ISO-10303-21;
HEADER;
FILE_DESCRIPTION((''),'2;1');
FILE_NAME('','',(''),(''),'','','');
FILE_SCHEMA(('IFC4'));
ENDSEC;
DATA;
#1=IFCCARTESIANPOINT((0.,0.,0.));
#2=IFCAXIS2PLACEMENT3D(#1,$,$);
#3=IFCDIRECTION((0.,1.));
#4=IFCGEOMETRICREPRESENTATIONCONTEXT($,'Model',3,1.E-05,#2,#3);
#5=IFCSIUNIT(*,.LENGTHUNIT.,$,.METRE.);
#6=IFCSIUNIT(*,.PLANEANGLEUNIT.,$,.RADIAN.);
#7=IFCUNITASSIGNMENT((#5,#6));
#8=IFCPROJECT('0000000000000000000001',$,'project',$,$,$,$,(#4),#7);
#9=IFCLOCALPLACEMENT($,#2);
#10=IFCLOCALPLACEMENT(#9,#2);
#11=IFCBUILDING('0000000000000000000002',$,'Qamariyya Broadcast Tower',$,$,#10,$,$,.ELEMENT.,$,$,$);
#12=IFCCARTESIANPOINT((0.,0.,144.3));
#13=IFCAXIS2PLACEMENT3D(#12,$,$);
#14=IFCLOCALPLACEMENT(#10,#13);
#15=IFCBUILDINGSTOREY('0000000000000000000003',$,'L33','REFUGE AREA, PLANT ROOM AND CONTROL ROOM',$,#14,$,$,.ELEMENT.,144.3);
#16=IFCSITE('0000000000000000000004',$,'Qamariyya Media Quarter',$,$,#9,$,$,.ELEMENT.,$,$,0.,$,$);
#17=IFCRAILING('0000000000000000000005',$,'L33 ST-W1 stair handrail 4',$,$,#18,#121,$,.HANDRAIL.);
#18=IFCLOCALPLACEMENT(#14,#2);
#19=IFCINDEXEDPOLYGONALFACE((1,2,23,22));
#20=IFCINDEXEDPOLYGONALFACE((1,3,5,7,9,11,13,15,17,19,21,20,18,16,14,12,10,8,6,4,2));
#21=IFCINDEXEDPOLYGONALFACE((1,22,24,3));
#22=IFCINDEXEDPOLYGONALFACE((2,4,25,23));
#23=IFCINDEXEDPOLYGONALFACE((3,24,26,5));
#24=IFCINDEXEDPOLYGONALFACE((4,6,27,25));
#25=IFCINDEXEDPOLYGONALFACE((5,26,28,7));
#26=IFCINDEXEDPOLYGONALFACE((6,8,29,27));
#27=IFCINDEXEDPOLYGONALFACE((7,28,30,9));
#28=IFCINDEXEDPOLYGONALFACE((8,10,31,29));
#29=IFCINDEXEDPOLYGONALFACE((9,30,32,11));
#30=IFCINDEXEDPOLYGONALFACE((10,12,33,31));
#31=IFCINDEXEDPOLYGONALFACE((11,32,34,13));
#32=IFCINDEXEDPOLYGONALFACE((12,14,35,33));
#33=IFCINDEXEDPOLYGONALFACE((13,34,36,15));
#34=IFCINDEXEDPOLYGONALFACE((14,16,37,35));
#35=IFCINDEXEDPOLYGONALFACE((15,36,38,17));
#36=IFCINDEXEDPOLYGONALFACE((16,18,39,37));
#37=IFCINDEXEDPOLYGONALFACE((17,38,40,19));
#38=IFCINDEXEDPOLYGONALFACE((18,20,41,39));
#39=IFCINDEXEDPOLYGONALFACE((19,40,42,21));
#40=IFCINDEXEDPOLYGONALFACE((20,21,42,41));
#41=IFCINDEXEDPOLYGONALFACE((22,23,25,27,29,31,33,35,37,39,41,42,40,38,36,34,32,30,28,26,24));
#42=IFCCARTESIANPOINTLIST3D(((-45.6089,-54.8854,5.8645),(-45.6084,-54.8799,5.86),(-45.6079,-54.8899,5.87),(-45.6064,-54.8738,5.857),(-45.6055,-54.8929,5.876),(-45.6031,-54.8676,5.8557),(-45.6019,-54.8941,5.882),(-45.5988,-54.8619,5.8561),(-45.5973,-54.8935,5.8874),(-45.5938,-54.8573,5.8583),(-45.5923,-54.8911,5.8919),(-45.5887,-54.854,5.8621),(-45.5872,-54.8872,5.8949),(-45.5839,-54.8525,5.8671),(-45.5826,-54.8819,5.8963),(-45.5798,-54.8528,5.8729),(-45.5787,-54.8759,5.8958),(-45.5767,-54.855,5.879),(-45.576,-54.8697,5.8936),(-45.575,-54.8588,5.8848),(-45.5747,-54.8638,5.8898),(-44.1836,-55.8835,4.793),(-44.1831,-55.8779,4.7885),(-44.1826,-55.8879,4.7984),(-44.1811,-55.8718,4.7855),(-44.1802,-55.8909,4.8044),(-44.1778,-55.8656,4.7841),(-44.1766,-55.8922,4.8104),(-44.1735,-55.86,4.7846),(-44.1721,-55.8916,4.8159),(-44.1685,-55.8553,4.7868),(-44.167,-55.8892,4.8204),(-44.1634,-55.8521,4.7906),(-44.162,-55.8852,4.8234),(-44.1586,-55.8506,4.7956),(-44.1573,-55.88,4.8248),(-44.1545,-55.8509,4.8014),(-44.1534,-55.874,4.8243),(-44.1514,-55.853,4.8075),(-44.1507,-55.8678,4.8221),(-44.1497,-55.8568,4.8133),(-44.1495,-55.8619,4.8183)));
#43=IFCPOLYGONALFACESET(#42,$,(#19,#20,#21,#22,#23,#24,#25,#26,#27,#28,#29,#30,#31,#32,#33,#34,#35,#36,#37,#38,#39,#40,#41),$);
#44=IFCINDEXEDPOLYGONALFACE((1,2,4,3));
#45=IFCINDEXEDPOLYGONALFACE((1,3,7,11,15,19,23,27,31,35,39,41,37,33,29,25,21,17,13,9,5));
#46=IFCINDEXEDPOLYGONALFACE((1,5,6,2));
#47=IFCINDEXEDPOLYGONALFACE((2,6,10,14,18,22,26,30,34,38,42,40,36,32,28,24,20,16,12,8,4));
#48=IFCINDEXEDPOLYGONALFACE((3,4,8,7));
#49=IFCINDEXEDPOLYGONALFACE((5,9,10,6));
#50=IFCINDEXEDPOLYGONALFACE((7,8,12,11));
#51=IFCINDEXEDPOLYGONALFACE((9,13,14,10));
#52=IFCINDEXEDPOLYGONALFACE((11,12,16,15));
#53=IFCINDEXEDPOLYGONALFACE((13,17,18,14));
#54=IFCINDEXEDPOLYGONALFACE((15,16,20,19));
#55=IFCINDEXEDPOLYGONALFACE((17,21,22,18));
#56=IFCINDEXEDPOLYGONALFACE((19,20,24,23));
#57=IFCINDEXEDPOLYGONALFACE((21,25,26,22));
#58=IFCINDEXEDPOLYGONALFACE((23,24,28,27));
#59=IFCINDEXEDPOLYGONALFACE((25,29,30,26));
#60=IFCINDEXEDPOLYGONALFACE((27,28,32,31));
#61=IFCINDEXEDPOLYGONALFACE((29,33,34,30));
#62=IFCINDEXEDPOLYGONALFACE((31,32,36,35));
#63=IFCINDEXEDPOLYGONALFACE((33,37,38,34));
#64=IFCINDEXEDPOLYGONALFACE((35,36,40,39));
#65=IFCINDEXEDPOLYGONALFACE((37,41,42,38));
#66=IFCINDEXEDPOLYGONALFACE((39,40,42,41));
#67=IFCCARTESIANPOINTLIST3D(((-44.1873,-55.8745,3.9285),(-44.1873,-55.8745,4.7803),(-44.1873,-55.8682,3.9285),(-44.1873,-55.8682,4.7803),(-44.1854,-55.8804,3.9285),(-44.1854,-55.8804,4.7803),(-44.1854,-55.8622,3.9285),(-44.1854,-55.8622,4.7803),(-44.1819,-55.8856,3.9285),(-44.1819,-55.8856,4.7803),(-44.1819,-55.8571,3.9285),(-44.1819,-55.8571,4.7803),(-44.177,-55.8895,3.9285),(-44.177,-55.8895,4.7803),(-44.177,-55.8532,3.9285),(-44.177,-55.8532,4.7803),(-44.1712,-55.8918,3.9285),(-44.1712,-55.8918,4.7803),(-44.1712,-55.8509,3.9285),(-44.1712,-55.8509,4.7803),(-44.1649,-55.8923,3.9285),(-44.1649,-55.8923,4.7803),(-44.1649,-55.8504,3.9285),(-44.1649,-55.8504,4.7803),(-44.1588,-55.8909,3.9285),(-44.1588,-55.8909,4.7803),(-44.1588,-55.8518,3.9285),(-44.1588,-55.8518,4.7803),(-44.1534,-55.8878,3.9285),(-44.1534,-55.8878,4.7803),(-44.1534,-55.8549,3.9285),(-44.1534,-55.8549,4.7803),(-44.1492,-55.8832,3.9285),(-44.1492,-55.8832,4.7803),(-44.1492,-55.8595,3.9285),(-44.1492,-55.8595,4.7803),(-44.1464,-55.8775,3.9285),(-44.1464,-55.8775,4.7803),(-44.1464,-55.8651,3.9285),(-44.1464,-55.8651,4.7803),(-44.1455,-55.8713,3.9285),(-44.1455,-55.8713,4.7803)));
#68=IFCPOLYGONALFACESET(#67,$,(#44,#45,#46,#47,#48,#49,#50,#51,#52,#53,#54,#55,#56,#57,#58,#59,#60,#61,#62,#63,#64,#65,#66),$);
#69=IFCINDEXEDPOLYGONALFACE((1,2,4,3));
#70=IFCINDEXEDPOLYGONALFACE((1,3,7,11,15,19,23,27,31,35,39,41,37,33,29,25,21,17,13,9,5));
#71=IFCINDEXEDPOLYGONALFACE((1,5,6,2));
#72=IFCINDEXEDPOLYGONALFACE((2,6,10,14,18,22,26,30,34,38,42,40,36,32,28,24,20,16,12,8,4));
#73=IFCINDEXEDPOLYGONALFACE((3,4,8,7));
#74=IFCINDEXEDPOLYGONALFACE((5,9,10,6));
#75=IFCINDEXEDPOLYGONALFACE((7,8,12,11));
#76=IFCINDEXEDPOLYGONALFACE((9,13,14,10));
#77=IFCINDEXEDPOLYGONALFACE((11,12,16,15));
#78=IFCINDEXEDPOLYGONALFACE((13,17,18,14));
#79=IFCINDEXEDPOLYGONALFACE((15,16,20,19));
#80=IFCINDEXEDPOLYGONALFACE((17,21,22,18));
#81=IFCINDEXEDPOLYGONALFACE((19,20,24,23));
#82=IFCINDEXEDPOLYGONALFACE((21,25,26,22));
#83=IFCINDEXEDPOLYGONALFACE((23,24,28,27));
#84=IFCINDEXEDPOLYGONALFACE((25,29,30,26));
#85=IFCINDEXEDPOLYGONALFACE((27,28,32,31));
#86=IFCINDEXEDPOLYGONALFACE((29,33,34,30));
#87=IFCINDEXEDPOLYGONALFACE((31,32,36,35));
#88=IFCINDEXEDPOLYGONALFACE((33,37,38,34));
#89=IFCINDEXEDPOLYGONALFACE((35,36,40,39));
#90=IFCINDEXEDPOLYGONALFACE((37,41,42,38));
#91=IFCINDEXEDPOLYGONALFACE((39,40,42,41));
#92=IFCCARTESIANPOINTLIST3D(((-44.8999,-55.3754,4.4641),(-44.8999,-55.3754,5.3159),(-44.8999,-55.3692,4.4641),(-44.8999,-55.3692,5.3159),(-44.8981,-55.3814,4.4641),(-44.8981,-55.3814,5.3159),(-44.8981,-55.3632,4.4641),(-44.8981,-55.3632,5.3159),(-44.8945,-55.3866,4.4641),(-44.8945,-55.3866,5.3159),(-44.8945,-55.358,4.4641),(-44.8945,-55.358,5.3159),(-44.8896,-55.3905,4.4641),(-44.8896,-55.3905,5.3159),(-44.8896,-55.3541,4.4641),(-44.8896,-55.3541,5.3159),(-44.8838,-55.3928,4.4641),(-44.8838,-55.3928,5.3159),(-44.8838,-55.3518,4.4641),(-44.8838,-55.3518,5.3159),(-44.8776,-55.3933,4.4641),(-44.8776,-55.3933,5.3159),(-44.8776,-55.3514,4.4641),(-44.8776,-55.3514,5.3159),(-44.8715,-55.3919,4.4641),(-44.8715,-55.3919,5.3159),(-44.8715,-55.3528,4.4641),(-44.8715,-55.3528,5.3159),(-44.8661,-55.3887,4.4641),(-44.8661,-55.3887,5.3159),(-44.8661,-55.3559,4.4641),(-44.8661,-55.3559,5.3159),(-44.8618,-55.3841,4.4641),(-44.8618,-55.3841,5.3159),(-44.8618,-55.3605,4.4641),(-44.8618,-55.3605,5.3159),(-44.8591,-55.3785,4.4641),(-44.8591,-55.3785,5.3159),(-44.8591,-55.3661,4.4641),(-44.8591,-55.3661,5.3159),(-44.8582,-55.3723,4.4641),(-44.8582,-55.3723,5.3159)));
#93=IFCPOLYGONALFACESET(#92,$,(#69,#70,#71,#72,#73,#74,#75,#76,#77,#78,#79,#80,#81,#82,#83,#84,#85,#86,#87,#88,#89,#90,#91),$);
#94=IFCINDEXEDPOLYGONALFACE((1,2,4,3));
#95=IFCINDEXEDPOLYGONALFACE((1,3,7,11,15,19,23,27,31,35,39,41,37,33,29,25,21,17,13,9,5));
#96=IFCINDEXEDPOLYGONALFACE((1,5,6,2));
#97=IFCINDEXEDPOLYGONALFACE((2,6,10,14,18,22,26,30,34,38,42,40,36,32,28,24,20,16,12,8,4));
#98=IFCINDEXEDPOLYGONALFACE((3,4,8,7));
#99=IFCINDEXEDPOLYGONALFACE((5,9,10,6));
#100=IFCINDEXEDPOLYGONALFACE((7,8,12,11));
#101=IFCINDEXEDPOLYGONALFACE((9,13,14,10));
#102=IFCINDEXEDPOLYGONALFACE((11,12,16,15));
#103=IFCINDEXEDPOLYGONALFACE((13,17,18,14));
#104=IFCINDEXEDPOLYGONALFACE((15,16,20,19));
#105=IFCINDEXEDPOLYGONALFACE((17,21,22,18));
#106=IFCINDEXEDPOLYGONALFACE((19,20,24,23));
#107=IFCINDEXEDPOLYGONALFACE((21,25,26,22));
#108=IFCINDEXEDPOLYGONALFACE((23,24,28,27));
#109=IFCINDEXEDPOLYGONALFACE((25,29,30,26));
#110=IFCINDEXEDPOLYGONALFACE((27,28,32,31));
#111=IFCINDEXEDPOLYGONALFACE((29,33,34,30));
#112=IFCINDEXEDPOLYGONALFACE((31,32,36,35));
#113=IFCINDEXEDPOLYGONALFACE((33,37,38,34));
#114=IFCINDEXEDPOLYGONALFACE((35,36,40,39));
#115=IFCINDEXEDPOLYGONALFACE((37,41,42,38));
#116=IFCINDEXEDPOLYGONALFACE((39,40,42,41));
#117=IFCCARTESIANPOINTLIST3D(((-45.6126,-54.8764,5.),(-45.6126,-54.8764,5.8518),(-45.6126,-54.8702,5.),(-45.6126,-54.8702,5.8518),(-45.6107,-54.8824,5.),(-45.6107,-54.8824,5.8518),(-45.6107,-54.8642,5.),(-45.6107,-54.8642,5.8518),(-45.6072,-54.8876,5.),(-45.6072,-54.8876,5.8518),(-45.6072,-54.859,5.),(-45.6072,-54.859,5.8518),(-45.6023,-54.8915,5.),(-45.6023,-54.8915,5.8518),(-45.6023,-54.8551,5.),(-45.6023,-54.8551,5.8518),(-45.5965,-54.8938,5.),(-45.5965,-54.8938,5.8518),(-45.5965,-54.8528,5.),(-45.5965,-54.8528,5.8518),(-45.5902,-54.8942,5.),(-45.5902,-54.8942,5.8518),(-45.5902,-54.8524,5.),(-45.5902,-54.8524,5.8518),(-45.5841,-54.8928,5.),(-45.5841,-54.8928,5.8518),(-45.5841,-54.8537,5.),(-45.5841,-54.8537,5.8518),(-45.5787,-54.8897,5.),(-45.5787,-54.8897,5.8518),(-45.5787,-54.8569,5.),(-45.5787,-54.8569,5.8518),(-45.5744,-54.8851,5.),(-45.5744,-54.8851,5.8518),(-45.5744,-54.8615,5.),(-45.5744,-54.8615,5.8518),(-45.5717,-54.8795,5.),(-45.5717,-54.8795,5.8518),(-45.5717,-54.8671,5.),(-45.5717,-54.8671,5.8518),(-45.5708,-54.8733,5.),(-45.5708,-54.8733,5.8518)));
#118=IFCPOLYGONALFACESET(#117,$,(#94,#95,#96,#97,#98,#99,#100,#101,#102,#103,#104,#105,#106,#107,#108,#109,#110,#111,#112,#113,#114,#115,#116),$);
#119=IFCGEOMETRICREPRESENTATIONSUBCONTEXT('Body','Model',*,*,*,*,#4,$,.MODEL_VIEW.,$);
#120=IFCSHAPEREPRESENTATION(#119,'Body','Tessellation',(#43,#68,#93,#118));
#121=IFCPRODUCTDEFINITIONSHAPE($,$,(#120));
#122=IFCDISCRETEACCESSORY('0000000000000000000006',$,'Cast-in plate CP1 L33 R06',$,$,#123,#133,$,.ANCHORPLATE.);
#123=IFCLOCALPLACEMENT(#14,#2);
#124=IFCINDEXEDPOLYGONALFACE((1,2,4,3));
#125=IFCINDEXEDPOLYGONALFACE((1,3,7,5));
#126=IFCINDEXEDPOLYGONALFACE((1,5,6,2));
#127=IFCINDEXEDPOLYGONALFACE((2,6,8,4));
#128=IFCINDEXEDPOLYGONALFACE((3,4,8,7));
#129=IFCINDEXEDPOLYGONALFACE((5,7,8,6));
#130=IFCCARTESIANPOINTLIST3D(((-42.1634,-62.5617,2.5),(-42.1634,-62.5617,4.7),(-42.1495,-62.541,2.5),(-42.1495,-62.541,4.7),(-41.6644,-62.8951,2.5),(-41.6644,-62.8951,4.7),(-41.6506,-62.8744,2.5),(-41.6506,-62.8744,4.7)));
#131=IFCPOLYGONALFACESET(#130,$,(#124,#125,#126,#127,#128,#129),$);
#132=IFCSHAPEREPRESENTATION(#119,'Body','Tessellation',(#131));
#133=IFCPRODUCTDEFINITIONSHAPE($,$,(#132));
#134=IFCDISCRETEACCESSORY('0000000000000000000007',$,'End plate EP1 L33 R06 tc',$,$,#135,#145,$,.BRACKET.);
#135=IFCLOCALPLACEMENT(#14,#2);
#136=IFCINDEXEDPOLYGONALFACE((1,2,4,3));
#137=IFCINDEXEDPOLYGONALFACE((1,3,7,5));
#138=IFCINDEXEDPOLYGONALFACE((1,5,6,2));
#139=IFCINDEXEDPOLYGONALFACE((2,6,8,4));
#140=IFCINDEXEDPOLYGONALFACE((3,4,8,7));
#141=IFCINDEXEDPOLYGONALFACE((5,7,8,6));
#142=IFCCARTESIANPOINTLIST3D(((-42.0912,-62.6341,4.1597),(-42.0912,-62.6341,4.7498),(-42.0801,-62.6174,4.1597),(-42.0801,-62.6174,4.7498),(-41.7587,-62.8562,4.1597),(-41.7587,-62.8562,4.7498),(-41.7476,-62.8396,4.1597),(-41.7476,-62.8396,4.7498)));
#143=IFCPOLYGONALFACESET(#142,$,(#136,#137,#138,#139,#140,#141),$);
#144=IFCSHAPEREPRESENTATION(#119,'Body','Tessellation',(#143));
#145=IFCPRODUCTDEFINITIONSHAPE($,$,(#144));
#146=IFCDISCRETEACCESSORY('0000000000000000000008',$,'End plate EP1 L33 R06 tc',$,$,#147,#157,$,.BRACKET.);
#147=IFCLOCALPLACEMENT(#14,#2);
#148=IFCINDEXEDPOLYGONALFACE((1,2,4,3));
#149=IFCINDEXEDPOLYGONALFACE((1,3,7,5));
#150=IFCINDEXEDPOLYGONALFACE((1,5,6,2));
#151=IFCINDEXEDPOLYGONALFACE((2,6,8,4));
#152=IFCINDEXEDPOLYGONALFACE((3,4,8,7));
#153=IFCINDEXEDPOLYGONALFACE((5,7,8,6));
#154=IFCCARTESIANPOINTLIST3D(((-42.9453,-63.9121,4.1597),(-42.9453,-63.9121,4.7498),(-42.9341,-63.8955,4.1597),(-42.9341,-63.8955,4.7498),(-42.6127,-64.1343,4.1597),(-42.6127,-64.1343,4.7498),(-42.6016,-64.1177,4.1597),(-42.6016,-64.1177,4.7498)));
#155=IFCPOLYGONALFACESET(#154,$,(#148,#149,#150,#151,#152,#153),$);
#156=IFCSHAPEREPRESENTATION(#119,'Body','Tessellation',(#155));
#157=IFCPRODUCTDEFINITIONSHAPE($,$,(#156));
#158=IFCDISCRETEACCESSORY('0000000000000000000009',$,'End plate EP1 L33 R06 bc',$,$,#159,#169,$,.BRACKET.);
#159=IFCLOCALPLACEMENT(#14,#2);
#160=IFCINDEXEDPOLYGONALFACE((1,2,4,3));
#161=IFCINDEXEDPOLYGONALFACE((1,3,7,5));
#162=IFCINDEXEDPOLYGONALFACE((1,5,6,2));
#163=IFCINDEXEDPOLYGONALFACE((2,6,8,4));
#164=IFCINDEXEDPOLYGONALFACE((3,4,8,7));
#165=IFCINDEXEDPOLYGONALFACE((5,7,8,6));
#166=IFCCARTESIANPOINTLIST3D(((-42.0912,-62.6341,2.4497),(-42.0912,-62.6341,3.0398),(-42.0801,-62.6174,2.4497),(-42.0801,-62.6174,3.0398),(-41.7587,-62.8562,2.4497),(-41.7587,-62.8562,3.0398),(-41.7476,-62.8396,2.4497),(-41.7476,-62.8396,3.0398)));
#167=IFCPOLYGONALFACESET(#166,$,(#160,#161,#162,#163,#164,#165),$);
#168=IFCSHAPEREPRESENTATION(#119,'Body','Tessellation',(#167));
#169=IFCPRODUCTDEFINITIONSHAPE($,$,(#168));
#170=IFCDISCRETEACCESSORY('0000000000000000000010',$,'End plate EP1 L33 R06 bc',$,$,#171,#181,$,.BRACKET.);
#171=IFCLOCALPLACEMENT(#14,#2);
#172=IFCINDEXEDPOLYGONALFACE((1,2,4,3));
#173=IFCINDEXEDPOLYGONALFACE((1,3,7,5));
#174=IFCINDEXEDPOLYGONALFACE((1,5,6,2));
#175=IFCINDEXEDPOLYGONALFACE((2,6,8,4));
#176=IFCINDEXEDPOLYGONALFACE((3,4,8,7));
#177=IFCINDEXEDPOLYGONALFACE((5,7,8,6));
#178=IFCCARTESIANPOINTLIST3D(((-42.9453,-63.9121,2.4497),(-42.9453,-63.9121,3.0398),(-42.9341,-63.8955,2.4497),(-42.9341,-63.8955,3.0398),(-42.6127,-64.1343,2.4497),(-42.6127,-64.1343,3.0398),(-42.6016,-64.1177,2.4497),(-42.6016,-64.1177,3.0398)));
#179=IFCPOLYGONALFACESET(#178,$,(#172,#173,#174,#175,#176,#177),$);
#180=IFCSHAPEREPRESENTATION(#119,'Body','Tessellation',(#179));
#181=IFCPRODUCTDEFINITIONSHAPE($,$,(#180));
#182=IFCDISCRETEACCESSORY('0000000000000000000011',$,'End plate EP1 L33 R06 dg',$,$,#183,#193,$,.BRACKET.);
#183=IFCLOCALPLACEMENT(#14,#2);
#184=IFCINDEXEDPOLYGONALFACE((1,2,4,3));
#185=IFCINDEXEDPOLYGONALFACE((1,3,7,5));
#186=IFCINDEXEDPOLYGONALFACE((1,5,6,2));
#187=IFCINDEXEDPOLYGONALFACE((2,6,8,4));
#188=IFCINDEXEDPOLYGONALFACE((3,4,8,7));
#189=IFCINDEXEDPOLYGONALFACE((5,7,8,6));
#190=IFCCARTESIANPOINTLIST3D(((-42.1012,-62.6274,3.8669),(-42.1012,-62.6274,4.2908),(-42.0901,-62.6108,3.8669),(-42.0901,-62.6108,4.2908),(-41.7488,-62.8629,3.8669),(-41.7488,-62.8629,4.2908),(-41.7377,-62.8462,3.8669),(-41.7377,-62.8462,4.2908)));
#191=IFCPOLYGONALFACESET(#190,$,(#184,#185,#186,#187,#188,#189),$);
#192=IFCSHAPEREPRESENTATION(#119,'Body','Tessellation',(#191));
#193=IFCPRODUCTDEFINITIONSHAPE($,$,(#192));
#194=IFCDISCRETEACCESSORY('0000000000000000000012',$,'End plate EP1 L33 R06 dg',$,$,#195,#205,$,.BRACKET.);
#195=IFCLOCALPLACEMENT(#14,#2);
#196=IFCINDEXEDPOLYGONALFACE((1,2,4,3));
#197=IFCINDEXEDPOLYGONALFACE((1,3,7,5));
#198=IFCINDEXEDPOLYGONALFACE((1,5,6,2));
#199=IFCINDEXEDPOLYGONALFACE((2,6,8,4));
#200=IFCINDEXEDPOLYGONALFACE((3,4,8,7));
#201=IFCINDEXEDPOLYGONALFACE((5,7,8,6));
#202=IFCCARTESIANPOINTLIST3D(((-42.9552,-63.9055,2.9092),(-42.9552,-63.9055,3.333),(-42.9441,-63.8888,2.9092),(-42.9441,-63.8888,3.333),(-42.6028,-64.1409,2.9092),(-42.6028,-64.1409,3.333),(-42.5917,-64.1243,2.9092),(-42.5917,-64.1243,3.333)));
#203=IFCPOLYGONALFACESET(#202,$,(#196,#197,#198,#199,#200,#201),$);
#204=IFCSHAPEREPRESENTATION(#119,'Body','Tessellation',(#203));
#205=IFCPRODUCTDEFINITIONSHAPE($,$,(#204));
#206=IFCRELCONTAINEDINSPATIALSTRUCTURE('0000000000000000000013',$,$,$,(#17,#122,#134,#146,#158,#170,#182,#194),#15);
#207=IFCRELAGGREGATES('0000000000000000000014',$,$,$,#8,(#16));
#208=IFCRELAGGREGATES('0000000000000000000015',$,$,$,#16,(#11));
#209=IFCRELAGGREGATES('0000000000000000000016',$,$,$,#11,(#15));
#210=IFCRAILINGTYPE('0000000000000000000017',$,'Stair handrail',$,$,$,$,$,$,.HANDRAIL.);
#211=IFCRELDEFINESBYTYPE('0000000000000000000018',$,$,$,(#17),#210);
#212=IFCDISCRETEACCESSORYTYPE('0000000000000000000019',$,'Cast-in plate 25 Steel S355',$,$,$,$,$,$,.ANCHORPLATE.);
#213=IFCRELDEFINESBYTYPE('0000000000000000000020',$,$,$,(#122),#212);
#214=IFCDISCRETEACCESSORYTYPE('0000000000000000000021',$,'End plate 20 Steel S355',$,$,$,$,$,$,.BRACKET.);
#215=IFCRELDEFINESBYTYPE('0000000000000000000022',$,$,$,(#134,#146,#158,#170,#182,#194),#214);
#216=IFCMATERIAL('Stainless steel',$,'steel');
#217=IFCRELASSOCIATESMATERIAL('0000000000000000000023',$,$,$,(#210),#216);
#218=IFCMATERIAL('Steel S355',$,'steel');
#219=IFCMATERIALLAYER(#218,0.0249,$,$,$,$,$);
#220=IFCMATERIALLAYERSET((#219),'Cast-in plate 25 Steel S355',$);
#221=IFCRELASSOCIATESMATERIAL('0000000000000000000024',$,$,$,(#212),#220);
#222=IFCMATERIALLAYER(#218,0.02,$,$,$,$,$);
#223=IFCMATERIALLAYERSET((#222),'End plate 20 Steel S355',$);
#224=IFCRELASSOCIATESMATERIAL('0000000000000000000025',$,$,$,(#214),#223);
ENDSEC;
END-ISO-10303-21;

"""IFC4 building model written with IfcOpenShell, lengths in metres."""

from ifc_helpers import new_model, si_unit, direction, frame, origin, origin_2d, place, context, subcontext, project, spatial, rectangle, circle, extrude, material, layer, layer_set, type_object, element, save


model = new_model("IFC4")

# Units and contexts
model_context = context("Model", 3, precision=1e-05, world=origin(), true_north=direction((0.0, 1.0)))
body_context = subcontext(model_context, "Body", "Model", "MODEL_VIEW")
ifc_project = project(units=[si_unit("LENGTHUNIT", "METRE"), si_unit("PLANEANGLEUNIT", "RADIAN")], contexts=[model_context])

# Site, building, storey
site_placement = place(None, origin())
site = spatial("IfcSite", under=ifc_project, at=site_placement, Name="Qamariyya Media Quarter", CompositionType="ELEMENT", RefElevation=0.0)
building_placement = place(site_placement, origin())
building = spatial("IfcBuilding", under=site, at=building_placement, Name="Qamariyya Broadcast Tower", CompositionType="ELEMENT")
storey_placement = place(building_placement, frame((0.0, 0.0, 144.3)))
storey = spatial("IfcBuildingStorey", under=building, at=storey_placement, Name="L33", Description="REFUGE AREA, PLANT ROOM AND CONTROL ROOM", CompositionType="ELEMENT", Elevation=144.3)

# Shared definitions
ifc_material_1 = material(Name="Steel S355", Category="steel")

# Railing
ifc_material_2 = material(Name="Stainless steel", Category="steel")
railing_type_1 = type_object("IfcRailingType", Name="Stair handrail", PredefinedType="HANDRAIL", material=ifc_material_2)
railing_1_placement = place(storey_placement, frame((-44.1665, -55.8713, 3.9285)))
element("IfcRailing", 1, at=railing_1_placement, inside=storey, type_object=railing_type_1, Name="L33 ST-W1 stair handrail 4", PredefinedType="HANDRAIL", context=body_context, shape_type="SweptSolid", body=[
    extrude(circle(Radius=0.0239, at=origin_2d()), frame((0.0, 0.0, 0.876), z_axis=(-0.697489, 0.48841, 0.524371), x_axis=(-0.573594, -0.81914, 0.0)), (0.0, 0.0, 1.0), 2.0435),
    extrude(circle(Radius=0.021, at=origin_2d()), origin(), (0.0, 0.0, 1.0), 0.8518),
    extrude(circle(Radius=0.021, at=origin_2d()), frame((-0.7126, 0.499, 0.5356)), (0.0, 0.0, 1.0), 0.8518),
    extrude(circle(Radius=0.021, at=origin_2d()), frame((-1.4253, 0.998, 1.0715)), (0.0, 0.0, 1.0), 0.8518),
])

# Discrete accessories
ifc_layer_1 = layer(ifc_material_1, 0.0249)
ifc_layer_set_1 = layer_set([ifc_layer_1], Name="Cast-in plate 25 Steel S355")
discrete_accessory_type_1 = type_object("IfcDiscreteAccessoryType", Name="Cast-in plate 25 Steel S355", PredefinedType="ANCHORPLATE", material=ifc_layer_set_1)
discrete_accessory_placement = place(storey_placement, frame((-41.907, -62.718, 2.5), z_axis=(0.0, 0.0, 1.0), x_axis=(-0.83147, 0.55557, 0.0)))
element("IfcDiscreteAccessory", 2, at=discrete_accessory_placement, inside=storey, type_object=discrete_accessory_type_1, Name="Cast-in plate CP1 L33 R06", PredefinedType="ANCHORPLATE", context=body_context, shape_type="SweptSolid", body=[
    extrude(rectangle(XDim=0.6001, YDim=0.0249, at=origin_2d()), origin(), (0.0, 0.0, 1.0), 2.2),
])
ifc_layer_2 = layer(ifc_material_1, 0.02)
ifc_layer_set_2 = layer_set([ifc_layer_2], Name="End plate 20 Steel S355")
discrete_accessory_type_2 = type_object("IfcDiscreteAccessoryType", Name="End plate 20 Steel S355", PredefinedType="BRACKET", material=ifc_layer_set_2)
for number, where, z_axis, x_axis, name in (
    (3, (-41.9194, -62.7368, 4.1597), (0.0, 0.0, 1.0), (-0.83147, 0.55557, 0.0), "End plate EP1 L33 R06 tc"),
    (4, (-42.7734, -64.0149, 4.1597), (0.0, 0.0, 1.0), (-0.83147, 0.55557, 0.0), "End plate EP1 L33 R06 tc"),
    (5, (-41.9194, -62.7368, 2.4497), (0.0, 0.0, 1.0), (-0.83147, 0.55557, 0.0), "End plate EP1 L33 R06 bc"),
    (6, (-42.7734, -64.0149, 2.4497), (0.0, 0.0, 1.0), (-0.83147, 0.55557, 0.0), "End plate EP1 L33 R06 bc"),
):
    element("IfcDiscreteAccessory", number, at=place(storey_placement, frame(where, z_axis=z_axis, x_axis=x_axis)), inside=storey, type_object=discrete_accessory_type_2, Name=name, PredefinedType="BRACKET", context=body_context, shape_type="SweptSolid", body=[
        extrude(rectangle(XDim=0.3999, YDim=0.02, at=origin_2d()), origin(), (0.0, 0.0, 1.0), 0.5901),
    ])
for number, where, z_axis, x_axis, name in (
    (7, (-41.9194, -62.7368, 3.8669), (0.0, 0.0, 1.0), (-0.83147, 0.55557, 0.0), "End plate EP1 L33 R06 dg"),
    (8, (-42.7734, -64.0149, 2.9092), (0.0, 0.0, 1.0), (-0.83147, 0.55557, 0.0), "End plate EP1 L33 R06 dg"),
):
    element("IfcDiscreteAccessory", number, at=place(storey_placement, frame(where, z_axis=z_axis, x_axis=x_axis)), inside=storey, type_object=discrete_accessory_type_2, Name=name, PredefinedType="BRACKET", context=body_context, shape_type="SweptSolid", body=[
        extrude(rectangle(XDim=0.4238, YDim=0.02, at=origin_2d()), origin(), (0.0, 0.0, 1.0), 0.4238),
    ])

save(model, "model.ifc")
